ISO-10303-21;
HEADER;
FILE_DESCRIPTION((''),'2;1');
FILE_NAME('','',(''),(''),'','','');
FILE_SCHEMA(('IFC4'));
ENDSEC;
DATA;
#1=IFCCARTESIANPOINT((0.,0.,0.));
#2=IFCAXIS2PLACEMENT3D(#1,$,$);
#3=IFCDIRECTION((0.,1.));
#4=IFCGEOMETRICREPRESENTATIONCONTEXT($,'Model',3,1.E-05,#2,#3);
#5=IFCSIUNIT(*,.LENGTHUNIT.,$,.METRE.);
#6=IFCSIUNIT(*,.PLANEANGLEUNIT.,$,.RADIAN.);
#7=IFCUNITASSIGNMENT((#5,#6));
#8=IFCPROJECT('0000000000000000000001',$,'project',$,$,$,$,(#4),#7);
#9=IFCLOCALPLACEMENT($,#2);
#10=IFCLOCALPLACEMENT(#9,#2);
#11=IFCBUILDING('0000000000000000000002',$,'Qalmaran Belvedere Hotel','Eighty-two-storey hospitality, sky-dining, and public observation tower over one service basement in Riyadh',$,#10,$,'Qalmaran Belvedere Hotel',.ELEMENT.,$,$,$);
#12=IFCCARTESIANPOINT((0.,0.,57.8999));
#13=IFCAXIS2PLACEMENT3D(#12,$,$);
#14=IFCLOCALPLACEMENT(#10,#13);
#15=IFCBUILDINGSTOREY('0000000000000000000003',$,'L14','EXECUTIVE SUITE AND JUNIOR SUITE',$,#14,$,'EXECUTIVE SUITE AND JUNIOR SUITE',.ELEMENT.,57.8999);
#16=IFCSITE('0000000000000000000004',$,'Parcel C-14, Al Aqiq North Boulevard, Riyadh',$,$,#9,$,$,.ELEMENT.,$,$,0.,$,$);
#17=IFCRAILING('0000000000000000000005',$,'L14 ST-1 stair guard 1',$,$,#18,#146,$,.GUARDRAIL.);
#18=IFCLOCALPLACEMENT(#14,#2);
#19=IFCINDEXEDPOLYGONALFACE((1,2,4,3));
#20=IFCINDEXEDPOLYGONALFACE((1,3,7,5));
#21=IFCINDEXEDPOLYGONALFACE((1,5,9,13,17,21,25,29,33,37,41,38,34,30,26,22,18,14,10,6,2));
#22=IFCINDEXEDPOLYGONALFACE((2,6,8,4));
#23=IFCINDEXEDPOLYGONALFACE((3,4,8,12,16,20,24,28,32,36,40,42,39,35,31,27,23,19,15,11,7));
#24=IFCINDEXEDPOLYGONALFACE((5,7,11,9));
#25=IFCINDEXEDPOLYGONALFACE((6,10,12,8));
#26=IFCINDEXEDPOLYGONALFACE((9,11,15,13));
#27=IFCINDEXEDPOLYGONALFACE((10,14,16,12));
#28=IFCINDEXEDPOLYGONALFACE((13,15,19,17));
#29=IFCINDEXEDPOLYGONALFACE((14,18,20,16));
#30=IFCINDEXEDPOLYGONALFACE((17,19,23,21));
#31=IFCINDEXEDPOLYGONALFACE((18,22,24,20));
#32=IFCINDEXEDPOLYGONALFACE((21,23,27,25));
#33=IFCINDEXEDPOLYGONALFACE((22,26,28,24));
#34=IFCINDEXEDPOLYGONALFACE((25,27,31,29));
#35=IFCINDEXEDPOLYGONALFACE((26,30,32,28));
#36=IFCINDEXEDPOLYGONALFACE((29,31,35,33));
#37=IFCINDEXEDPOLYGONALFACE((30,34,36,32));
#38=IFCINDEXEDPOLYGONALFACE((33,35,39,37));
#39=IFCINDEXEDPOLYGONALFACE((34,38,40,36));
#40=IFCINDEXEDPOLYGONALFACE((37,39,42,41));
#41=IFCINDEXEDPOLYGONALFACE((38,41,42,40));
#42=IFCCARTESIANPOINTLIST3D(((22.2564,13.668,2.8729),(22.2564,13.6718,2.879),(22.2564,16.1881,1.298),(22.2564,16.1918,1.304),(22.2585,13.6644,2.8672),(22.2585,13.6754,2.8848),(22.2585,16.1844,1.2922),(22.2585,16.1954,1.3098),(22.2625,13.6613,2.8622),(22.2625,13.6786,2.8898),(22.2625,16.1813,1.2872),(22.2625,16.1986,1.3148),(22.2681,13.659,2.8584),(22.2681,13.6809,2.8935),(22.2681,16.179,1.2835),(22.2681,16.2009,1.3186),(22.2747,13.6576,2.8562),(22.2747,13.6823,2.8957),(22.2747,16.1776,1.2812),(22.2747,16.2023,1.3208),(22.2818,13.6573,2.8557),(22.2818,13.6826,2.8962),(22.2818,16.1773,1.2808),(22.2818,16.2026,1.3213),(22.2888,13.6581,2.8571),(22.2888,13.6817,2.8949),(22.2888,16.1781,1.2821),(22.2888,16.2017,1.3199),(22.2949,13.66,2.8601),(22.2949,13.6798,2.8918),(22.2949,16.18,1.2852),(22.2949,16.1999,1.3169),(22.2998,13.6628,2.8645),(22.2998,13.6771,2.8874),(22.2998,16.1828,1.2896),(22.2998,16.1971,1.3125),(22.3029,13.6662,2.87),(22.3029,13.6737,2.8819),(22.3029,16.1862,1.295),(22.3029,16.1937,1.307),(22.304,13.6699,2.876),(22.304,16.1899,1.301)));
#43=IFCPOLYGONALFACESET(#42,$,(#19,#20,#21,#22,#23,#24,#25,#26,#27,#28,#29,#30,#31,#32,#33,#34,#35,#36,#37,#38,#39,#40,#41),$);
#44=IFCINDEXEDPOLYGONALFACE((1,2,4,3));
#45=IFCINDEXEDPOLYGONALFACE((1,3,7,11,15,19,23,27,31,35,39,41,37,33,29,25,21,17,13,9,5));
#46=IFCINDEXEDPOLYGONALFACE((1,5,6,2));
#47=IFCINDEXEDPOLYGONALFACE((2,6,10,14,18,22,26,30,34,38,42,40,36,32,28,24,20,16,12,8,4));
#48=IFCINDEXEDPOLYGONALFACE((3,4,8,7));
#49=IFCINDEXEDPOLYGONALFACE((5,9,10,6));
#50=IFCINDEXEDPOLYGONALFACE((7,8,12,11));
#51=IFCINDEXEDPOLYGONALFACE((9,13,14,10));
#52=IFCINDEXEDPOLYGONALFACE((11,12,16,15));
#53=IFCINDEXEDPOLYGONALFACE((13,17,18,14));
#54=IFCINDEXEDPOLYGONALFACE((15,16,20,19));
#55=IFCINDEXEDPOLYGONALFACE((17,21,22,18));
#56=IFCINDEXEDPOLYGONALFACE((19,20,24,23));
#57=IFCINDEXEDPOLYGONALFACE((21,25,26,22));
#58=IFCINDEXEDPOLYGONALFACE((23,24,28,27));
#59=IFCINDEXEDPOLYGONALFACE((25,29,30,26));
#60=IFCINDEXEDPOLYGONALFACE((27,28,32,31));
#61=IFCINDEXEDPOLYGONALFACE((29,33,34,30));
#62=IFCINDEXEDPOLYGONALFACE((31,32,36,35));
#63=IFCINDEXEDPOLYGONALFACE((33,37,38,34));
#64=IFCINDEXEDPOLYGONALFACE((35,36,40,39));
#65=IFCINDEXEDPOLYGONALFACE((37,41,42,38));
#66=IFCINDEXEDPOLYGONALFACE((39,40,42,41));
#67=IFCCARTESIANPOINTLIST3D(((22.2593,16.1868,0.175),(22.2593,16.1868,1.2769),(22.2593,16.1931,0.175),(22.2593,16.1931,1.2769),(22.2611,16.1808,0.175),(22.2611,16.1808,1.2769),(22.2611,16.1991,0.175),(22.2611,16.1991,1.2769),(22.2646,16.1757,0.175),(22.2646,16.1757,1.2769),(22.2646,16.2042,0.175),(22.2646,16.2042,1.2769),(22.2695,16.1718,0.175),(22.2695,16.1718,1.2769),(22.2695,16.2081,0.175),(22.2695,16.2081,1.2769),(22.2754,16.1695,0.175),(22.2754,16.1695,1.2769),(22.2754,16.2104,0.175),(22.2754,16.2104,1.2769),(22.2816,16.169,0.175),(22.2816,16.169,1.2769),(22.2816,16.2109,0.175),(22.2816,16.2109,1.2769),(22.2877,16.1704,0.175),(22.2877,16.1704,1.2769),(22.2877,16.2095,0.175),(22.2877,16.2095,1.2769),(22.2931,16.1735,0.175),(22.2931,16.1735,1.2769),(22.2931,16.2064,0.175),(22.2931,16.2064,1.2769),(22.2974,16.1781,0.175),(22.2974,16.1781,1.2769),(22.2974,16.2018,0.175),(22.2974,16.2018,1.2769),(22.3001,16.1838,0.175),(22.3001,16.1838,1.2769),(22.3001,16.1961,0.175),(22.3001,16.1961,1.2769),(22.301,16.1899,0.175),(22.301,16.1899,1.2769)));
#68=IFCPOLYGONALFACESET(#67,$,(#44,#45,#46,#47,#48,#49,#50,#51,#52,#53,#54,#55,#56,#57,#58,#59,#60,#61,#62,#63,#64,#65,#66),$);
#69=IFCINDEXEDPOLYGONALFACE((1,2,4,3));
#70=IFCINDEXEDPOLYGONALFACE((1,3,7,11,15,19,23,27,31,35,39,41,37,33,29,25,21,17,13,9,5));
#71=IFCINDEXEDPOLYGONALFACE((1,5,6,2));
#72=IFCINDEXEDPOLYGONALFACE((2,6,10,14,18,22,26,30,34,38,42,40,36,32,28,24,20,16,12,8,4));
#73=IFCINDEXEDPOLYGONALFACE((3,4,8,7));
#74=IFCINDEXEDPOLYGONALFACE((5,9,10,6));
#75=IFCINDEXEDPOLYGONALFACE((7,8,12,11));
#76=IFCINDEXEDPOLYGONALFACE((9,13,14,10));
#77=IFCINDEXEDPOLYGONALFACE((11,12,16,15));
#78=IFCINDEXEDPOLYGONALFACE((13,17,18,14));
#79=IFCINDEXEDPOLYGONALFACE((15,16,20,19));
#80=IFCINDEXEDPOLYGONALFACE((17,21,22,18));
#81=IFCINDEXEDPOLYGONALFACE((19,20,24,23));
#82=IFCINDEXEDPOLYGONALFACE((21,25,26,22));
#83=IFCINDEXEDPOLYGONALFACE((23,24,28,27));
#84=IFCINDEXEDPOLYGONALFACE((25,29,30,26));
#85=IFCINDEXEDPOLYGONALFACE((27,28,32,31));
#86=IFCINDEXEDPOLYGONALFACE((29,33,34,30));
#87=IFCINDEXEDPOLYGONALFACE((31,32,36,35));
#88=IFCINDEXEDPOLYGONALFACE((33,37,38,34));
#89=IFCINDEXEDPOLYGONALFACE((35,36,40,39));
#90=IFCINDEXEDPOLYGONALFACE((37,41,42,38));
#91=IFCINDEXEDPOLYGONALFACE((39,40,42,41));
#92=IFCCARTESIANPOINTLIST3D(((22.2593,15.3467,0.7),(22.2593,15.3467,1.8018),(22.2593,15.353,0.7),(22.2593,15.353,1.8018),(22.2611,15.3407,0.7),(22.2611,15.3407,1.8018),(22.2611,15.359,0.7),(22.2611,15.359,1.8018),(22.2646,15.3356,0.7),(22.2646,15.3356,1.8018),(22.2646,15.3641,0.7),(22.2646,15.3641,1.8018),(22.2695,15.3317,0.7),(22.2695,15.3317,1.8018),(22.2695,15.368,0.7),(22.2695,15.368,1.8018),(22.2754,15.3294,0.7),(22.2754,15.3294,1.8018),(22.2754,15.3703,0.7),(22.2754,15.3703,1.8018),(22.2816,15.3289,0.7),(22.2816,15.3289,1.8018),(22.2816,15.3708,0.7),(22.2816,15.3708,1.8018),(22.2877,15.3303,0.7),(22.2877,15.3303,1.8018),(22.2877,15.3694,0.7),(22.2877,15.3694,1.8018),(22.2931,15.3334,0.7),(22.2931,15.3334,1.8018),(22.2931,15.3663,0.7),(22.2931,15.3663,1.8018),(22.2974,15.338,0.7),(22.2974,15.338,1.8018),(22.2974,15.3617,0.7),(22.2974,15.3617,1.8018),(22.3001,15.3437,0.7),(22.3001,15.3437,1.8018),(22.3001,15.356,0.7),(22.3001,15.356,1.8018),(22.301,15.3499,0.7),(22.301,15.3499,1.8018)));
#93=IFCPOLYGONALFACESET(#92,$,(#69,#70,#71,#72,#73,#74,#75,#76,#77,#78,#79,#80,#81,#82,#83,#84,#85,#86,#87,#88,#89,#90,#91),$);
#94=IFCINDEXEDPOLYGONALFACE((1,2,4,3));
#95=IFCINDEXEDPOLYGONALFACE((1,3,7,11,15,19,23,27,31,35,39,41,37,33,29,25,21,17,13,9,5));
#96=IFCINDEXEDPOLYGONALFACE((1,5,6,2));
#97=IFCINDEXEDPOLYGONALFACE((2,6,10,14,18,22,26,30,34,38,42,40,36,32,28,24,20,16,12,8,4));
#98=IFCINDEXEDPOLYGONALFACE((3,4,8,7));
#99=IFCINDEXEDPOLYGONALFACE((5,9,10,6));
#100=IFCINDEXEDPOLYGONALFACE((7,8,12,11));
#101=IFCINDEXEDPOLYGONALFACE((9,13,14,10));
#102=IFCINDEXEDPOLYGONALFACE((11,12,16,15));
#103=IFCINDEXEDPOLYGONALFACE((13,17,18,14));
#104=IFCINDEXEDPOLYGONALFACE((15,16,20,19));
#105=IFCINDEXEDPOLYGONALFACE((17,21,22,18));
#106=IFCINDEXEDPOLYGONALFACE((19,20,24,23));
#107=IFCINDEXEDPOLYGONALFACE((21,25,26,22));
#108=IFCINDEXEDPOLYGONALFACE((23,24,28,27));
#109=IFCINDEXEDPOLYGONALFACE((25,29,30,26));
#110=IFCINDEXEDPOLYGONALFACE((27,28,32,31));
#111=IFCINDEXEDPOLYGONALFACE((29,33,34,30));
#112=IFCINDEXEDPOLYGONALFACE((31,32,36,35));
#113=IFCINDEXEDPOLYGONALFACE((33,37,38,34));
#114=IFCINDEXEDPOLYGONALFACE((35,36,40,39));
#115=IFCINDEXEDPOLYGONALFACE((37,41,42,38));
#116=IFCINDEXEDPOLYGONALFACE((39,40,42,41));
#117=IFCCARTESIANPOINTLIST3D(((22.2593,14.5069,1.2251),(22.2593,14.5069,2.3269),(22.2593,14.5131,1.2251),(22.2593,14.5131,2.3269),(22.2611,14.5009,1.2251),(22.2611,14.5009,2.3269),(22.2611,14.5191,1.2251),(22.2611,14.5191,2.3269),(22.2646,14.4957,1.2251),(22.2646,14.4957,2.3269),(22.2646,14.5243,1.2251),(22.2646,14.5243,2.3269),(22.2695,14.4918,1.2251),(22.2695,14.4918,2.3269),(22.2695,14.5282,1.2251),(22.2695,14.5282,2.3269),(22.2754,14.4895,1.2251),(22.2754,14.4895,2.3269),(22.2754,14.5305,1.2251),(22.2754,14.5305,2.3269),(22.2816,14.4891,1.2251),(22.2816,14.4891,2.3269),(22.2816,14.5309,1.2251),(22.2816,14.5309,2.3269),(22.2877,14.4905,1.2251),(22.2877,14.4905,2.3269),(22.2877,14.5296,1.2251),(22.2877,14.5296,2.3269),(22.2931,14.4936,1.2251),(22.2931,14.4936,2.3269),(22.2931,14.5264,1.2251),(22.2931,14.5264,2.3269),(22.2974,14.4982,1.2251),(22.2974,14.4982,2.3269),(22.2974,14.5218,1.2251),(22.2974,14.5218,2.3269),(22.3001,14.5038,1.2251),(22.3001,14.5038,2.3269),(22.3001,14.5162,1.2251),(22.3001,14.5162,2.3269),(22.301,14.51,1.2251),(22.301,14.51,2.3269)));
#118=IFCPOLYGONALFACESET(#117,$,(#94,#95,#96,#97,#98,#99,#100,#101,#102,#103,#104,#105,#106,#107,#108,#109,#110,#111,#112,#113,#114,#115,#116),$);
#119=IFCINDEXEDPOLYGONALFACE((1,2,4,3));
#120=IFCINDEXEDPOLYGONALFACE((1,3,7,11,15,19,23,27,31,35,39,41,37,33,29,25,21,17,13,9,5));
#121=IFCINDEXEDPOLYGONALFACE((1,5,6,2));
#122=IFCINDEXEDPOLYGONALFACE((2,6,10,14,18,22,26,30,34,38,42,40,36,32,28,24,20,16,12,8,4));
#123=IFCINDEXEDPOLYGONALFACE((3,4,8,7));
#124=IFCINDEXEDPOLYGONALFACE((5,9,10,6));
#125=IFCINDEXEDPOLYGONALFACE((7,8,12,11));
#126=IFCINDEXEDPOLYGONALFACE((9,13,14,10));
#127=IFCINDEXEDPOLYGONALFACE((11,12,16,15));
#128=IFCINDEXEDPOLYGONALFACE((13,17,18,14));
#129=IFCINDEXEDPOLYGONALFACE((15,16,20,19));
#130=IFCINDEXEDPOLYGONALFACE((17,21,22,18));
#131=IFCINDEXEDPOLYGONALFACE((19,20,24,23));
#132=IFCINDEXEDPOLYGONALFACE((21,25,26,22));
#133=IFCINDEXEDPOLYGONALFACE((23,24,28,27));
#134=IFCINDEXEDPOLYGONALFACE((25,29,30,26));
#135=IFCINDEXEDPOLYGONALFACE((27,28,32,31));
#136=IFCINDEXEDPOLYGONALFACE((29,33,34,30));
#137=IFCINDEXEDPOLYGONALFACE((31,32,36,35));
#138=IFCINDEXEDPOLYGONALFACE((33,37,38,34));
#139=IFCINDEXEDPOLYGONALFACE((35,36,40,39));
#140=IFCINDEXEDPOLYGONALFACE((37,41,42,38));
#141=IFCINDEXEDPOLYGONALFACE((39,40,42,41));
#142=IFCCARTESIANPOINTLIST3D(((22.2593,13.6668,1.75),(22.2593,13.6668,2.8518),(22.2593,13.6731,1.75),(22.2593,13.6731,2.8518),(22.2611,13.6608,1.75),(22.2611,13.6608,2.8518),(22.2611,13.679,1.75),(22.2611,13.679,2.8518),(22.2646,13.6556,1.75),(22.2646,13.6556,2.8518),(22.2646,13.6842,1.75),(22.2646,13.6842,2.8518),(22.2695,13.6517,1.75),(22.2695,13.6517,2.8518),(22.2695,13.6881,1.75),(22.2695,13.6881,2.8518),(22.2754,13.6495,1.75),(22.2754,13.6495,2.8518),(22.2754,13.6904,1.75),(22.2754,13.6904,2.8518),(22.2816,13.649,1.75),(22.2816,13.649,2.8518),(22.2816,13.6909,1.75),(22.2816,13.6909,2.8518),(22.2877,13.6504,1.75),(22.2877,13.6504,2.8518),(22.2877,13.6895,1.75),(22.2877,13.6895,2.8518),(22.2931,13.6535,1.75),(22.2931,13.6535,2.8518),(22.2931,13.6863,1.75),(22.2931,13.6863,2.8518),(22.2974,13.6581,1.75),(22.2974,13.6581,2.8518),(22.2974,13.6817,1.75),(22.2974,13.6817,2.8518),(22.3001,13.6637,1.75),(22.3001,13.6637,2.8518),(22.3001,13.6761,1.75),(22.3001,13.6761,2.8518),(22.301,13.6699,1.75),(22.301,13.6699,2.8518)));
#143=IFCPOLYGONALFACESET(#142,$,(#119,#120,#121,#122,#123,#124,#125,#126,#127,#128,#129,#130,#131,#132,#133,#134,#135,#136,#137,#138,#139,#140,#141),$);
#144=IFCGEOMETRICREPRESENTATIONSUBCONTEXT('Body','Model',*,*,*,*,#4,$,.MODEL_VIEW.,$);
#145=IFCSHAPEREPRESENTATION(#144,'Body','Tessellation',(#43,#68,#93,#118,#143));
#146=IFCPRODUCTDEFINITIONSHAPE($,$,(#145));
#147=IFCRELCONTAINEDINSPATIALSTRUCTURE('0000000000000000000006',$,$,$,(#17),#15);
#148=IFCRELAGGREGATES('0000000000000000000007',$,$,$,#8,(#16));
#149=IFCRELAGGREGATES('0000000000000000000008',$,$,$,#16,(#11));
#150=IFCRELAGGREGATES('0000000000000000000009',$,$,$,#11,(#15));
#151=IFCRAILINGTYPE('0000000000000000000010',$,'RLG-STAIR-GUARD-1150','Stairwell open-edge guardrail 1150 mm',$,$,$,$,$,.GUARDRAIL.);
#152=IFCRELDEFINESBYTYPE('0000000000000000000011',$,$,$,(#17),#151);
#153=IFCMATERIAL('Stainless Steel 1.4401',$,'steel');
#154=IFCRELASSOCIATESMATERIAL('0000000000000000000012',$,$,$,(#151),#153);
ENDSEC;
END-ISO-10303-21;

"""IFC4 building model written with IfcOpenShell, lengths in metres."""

from ifc_helpers import new_model, si_unit, direction, frame, origin, origin_2d, place, context, subcontext, project, spatial, circle, extrude, material, type_object, element, save


model = new_model("IFC4")

# Units and contexts
model_context = context("Model", 3, precision=1e-05, world=origin(), true_north=direction((0.0, 1.0)))
body_context = subcontext(model_context, "Body", "Model", "MODEL_VIEW")
ifc_project = project(units=[si_unit("LENGTHUNIT", "METRE"), si_unit("PLANEANGLEUNIT", "RADIAN")], contexts=[model_context])

# Site, building, storey
site_placement = place(None, origin())
site = spatial("IfcSite", under=ifc_project, at=site_placement, Name="Parcel C-14, Al Aqiq North Boulevard, Riyadh", CompositionType="ELEMENT", RefElevation=0.0)
building_placement = place(site_placement, origin())
building = spatial("IfcBuilding", under=site, at=building_placement, Name="Qalmaran Belvedere Hotel", Description="Eighty-two-storey hospitality, sky-dining, and public observation tower over one service basement in Riyadh", LongName="Qalmaran Belvedere Hotel", CompositionType="ELEMENT")
storey_placement = place(building_placement, frame((0.0, 0.0, 57.8999)))
storey = spatial("IfcBuildingStorey", under=building, at=storey_placement, Name="L14", Description="EXECUTIVE SUITE AND JUNIOR SUITE", LongName="EXECUTIVE SUITE AND JUNIOR SUITE", CompositionType="ELEMENT", Elevation=57.8999)

# Railing
ifc_material_1 = material(Name="Stainless Steel 1.4401", Category="steel")
railing_type_1 = type_object("IfcRailingType", Name="RLG-STAIR-GUARD-1150", Description="Stairwell open-edge guardrail 1150 mm", PredefinedType="GUARDRAIL", material=ifc_material_1)
railing_1_placement = place(storey_placement, frame((22.28, 16.1899, 0.175)))
element("IfcRailing", 1, at=railing_1_placement, inside=storey, type_object=railing_type_1, Name="L14 ST-1 stair guard 1", PredefinedType="GUARDRAIL", context=body_context, shape_type="SweptSolid", body=[
    extrude(circle(Radius=0.0239, at=origin_2d()), frame((0.0, 0.0, 1.126), z_axis=(0.0, -0.848008, 0.529984), x_axis=(1.0, 0.0, 0.0)), (0.0, 0.0, 1.0), 2.9717),
    extrude(circle(Radius=0.021, at=origin_2d()), origin(), (0.0, 0.0, 1.0), 1.1018),
    extrude(circle(Radius=0.021, at=origin_2d()), frame((0.0, -0.8401, 0.5249)), (0.0, 0.0, 1.0), 1.1018),
    extrude(circle(Radius=0.021, at=origin_2d()), frame((0.0, -1.6799, 1.05)), (0.0, 0.0, 1.0), 1.1018),
    extrude(circle(Radius=0.021, at=origin_2d()), frame((0.0, -2.52, 1.575)), (0.0, 0.0, 1.0), 1.1018),
])

save(model, "model.ifc")
